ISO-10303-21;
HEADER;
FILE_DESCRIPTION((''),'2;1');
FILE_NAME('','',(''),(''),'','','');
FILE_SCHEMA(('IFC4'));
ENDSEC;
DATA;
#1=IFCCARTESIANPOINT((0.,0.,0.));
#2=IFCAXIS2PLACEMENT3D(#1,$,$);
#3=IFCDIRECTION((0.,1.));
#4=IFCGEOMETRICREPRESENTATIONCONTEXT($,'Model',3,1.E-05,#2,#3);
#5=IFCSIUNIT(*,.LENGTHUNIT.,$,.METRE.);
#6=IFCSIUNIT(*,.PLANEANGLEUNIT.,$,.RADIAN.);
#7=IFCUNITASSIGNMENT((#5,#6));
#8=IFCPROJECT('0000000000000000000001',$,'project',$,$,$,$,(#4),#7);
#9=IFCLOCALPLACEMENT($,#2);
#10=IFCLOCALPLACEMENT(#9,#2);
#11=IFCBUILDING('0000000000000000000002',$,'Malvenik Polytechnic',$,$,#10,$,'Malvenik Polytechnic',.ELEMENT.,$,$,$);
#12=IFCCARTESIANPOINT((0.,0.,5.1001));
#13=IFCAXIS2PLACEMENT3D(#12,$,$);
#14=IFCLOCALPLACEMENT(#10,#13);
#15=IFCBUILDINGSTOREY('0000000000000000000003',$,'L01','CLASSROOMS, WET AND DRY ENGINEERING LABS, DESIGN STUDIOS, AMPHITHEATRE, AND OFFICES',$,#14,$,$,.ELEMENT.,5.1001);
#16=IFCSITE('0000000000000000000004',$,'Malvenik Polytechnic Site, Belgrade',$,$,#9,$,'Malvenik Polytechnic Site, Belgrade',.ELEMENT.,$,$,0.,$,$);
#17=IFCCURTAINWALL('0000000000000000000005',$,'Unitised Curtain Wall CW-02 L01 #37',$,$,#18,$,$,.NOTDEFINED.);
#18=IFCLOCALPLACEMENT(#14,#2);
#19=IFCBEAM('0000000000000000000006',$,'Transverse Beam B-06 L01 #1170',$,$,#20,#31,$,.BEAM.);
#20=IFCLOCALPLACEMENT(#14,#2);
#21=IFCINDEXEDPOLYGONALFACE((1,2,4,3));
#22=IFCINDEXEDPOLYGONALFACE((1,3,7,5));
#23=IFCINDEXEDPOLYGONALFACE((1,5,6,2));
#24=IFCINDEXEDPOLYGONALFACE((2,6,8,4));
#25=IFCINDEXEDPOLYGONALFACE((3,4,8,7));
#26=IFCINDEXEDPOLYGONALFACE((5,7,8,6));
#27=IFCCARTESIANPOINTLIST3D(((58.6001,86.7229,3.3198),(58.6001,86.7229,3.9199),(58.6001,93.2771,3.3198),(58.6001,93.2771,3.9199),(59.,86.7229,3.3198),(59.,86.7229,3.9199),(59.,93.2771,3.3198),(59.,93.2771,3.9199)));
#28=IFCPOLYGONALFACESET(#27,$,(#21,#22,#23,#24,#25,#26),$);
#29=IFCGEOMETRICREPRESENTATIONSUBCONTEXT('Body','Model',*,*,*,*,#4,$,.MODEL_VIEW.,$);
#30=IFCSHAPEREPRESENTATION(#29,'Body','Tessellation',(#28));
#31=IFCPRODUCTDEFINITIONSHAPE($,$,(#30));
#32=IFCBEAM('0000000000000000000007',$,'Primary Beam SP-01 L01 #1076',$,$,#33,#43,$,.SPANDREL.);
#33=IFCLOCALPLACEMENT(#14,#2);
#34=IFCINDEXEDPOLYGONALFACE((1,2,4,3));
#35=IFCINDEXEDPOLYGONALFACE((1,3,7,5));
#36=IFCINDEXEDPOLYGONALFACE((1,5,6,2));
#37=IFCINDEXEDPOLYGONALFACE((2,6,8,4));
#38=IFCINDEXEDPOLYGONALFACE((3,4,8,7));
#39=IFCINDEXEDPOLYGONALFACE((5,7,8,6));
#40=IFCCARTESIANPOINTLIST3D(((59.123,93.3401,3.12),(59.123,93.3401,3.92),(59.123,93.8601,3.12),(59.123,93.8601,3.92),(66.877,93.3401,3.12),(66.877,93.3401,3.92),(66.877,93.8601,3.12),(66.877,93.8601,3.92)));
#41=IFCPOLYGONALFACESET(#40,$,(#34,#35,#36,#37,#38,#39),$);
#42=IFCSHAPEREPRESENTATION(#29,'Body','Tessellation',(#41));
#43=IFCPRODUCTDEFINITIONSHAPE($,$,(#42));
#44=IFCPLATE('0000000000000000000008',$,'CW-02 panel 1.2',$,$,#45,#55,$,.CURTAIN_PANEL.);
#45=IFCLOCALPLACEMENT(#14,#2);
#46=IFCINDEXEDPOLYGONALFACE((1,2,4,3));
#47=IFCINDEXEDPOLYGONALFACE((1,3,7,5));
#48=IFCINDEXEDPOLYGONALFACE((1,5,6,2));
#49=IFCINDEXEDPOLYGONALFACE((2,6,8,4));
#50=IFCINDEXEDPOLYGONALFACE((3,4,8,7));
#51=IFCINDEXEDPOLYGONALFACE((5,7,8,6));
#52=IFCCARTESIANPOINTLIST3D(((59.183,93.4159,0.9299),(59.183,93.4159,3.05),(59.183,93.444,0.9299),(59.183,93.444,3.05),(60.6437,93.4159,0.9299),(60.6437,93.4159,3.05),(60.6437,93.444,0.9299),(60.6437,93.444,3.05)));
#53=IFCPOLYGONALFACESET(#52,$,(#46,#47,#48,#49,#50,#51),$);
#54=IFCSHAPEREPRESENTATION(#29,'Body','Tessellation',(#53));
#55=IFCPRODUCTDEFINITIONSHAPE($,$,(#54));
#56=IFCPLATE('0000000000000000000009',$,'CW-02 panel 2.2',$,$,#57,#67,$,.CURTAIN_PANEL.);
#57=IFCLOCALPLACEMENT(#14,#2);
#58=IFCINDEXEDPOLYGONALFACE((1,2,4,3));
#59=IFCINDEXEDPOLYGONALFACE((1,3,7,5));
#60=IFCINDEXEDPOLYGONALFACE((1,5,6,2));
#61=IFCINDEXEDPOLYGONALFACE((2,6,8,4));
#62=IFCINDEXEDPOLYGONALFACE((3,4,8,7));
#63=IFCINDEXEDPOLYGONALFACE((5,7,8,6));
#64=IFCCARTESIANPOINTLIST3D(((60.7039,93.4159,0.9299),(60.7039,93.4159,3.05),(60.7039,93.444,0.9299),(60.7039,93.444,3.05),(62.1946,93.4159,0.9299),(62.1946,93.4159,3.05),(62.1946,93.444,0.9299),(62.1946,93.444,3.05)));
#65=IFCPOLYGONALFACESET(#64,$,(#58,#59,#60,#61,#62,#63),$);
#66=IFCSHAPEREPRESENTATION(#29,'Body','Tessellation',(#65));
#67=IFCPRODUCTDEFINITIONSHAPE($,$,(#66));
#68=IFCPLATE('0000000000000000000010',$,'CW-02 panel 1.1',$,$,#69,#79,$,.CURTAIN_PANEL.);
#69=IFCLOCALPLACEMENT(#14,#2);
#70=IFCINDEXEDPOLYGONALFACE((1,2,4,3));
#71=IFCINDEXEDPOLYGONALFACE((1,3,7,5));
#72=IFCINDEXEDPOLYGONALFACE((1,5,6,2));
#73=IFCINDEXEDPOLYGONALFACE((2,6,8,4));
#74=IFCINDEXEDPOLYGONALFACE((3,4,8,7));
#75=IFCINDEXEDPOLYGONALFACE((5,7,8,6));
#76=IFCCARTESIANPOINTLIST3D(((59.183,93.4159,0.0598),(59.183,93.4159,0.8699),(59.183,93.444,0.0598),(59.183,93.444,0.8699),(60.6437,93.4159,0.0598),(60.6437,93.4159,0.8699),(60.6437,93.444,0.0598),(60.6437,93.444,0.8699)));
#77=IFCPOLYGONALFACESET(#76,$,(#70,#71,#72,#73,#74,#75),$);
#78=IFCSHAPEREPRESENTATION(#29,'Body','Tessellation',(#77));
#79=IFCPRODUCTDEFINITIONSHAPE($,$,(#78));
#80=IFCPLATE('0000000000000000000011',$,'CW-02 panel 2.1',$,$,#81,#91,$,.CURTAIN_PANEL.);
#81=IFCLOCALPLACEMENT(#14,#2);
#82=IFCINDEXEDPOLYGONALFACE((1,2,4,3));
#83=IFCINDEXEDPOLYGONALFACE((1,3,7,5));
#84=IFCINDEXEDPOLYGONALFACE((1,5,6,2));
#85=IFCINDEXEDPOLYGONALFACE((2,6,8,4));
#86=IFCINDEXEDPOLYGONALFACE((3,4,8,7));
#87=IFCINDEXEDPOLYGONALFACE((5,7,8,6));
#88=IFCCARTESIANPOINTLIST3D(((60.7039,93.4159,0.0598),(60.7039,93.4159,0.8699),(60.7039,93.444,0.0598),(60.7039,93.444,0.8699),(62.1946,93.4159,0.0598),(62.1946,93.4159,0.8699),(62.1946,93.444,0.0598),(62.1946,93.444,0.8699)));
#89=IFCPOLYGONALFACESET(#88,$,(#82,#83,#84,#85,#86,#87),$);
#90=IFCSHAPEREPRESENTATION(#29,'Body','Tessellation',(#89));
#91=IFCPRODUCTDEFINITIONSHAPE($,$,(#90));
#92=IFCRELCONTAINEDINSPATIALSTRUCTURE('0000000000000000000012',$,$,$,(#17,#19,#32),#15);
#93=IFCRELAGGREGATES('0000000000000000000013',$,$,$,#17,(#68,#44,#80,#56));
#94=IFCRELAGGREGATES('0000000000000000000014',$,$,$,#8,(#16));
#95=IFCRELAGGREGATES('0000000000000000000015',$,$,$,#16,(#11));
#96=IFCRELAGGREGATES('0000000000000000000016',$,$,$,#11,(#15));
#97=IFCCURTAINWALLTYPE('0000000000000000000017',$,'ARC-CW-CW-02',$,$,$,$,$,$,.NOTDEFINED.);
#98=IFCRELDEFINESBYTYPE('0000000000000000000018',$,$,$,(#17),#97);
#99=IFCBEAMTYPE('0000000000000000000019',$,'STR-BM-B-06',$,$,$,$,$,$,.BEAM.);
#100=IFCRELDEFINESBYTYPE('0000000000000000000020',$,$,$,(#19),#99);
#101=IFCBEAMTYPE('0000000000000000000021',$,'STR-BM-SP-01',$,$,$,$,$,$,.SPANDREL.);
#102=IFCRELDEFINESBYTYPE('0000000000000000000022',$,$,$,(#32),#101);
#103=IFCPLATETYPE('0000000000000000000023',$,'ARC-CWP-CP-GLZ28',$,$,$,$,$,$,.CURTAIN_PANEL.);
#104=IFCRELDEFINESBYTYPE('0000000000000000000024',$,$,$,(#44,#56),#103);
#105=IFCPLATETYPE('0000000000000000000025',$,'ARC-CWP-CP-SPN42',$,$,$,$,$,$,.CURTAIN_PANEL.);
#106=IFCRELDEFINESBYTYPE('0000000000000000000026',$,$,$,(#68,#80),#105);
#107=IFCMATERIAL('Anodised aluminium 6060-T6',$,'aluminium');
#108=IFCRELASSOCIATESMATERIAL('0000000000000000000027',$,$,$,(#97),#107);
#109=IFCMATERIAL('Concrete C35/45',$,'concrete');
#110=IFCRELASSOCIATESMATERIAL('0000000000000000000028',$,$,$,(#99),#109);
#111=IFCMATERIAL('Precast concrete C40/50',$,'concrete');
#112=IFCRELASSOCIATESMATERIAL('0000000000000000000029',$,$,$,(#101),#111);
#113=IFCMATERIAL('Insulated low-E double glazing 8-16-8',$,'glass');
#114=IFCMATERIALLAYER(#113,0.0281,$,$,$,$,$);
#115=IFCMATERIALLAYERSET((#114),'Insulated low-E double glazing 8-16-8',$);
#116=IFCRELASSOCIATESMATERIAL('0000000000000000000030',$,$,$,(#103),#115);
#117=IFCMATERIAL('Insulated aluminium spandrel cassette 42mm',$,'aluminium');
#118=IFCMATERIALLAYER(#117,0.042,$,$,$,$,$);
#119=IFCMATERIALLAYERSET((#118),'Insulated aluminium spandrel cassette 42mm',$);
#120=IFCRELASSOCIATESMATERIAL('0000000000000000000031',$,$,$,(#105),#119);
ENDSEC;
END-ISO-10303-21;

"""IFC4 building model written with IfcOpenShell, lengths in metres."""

from ifc_helpers import new_model, si_unit, direction, frame, origin, origin_2d, place, context, subcontext, project, spatial, rectangle, extrude, material, layer, layer_set, material_profile, profile_set, type_object, element, aggregate, save


model = new_model("IFC4")

# Units and contexts
model_context = context("Model", 3, precision=1e-05, world=origin(), true_north=direction((0.0, 1.0)))
body_context = subcontext(model_context, "Body", "Model", "MODEL_VIEW")
ifc_project = project(units=[si_unit("LENGTHUNIT", "METRE"), si_unit("PLANEANGLEUNIT", "RADIAN")], contexts=[model_context])

# Site, building, storey
site_placement = place(None, origin())
site = spatial("IfcSite", under=ifc_project, at=site_placement, Name="Malvenik Polytechnic Site, Belgrade", LongName="Malvenik Polytechnic Site, Belgrade", CompositionType="ELEMENT", RefElevation=0.0)
building_placement = place(site_placement, origin())
building = spatial("IfcBuilding", under=site, at=building_placement, Name="Malvenik Polytechnic", LongName="Malvenik Polytechnic", CompositionType="ELEMENT")
storey_placement = place(building_placement, frame((0.0, 0.0, 5.1001)))
storey = spatial("IfcBuildingStorey", under=building, at=storey_placement, Name="L01", Description="CLASSROOMS, WET AND DRY ENGINEERING LABS, DESIGN STUDIOS, AMPHITHEATRE, AND OFFICES", CompositionType="ELEMENT", Elevation=5.1001)

# Shared definitions
ifc_material_1 = material(Name="Concrete C35/45", Category="concrete")

# Curtain wall
ifc_material_2 = material(Name="Anodised aluminium 6060-T6", Category="aluminium")
curtain_wall_type = type_object("IfcCurtainWallType", Name="ARC-CW-CW-02", PredefinedType="NOTDEFINED", material=ifc_material_2)
curtain_wall_placement = place(storey_placement, origin())
curtain_wall = element("IfcCurtainWall", 1, at=curtain_wall_placement, inside=storey, type_object=curtain_wall_type, Name="Unitised Curtain Wall CW-02 L01 #37", PredefinedType="NOTDEFINED")

# Beams
ifc_material_profile_1 = material_profile(ifc_material_1, rectangle(XDim=0.3999, YDim=0.6001, at=origin_2d()), Name="RC BM 400x600")
ifc_profile_set_1 = profile_set([ifc_material_profile_1], Name="Concrete C35/45")
beam_type_1 = type_object("IfcBeamType", Name="STR-BM-B-06", PredefinedType="BEAM", material=ifc_profile_set_1)
beam_1_placement = place(storey_placement, frame((58.8, 86.7229, 3.6199), z_axis=(0.0, 1.0, 0.0), x_axis=(-1.0, 0.0, 0.0)))
element("IfcBeam", 2, at=beam_1_placement, inside=storey, type_object=beam_type_1, Name="Transverse Beam B-06 L01 #1170", PredefinedType="BEAM", context=body_context, shape_type="SweptSolid", body=[
    extrude(rectangle(XDim=0.3999, YDim=0.6001, at=origin_2d()), origin(), (0.0, 0.0, 1.0), 6.5542),
])
ifc_material_3 = material(Name="Precast concrete C40/50", Category="concrete")
ifc_material_profile_2 = material_profile(ifc_material_3, rectangle(XDim=0.52, YDim=0.8, at=origin_2d()), Name="PC SPN 520x800")
ifc_profile_set_2 = profile_set([ifc_material_profile_2], Name="Precast concrete C40/50")
beam_type_2 = type_object("IfcBeamType", Name="STR-BM-SP-01", PredefinedType="SPANDREL", material=ifc_profile_set_2)
beam_2_placement = place(storey_placement, frame((59.123, 93.6001, 3.52), z_axis=(1.0, 0.0, 0.0), x_axis=(0.0, 1.0, 0.0)))
element("IfcBeam", 3, at=beam_2_placement, inside=storey, type_object=beam_type_2, Name="Primary Beam SP-01 L01 #1076", PredefinedType="SPANDREL", context=body_context, shape_type="SweptSolid", body=[
    extrude(rectangle(XDim=0.52, YDim=0.8, at=origin_2d()), origin(), (0.0, 0.0, 1.0), 7.7539),
])

# Plates
ifc_material_4 = material(Name="Insulated low-E double glazing 8-16-8", Category="glass")
ifc_layer_1 = layer(ifc_material_4, 0.0281)
ifc_layer_set_1 = layer_set([ifc_layer_1], Name="Insulated low-E double glazing 8-16-8")
plate_type_1 = type_object("IfcPlateType", Name="ARC-CWP-CP-GLZ28", PredefinedType="CURTAIN_PANEL", material=ifc_layer_set_1)
plate_1_placement = place(storey_placement, frame((59.9133, 93.4299, 0.9299), z_axis=(0.0, 0.0, 1.0), x_axis=(1.0, 0.0, 0.0)))
plate_1 = element("IfcPlate", 4, at=plate_1_placement, type_object=plate_type_1, Name="CW-02 panel 1.2", PredefinedType="CURTAIN_PANEL", context=body_context, shape_type="SweptSolid", body=[
    extrude(rectangle(XDim=1.4607, YDim=0.0281, at=origin_2d()), origin(), (0.0, 0.0, 1.0), 2.1201),
])
plate_2_placement = place(storey_placement, frame((61.4492, 93.4299, 0.9299), z_axis=(0.0, 0.0, 1.0), x_axis=(1.0, 0.0, 0.0)))
plate_2 = element("IfcPlate", 5, at=plate_2_placement, type_object=plate_type_1, Name="CW-02 panel 2.2", PredefinedType="CURTAIN_PANEL", context=body_context, shape_type="SweptSolid", body=[
    extrude(rectangle(XDim=1.4907, YDim=0.0281, at=origin_2d()), origin(), (0.0, 0.0, 1.0), 2.1201),
])
ifc_material_5 = material(Name="Insulated aluminium spandrel cassette 42mm", Category="aluminium")
ifc_layer_2 = layer(ifc_material_5, 0.042)
ifc_layer_set_2 = layer_set([ifc_layer_2], Name="Insulated aluminium spandrel cassette 42mm")
plate_type_2 = type_object("IfcPlateType", Name="ARC-CWP-CP-SPN42", PredefinedType="CURTAIN_PANEL", material=ifc_layer_set_2)
plate_3_placement = place(storey_placement, frame((59.9133, 93.4299, 0.0598), z_axis=(0.0, 0.0, 1.0), x_axis=(1.0, 0.0, 0.0)))
plate_3 = element("IfcPlate", 6, at=plate_3_placement, type_object=plate_type_2, Name="CW-02 panel 1.1", PredefinedType="CURTAIN_PANEL", context=body_context, shape_type="SweptSolid", body=[
    extrude(rectangle(XDim=1.4607, YDim=0.0281, at=origin_2d()), origin(), (0.0, 0.0, 1.0), 0.8101),
])
plate_4_placement = place(storey_placement, frame((61.4492, 93.4299, 0.0598), z_axis=(0.0, 0.0, 1.0), x_axis=(1.0, 0.0, 0.0)))
plate_4 = element("IfcPlate", 7, at=plate_4_placement, type_object=plate_type_2, Name="CW-02 panel 2.1", PredefinedType="CURTAIN_PANEL", context=body_context, shape_type="SweptSolid", body=[
    extrude(rectangle(XDim=1.4907, YDim=0.0281, at=origin_2d()), origin(), (0.0, 0.0, 1.0), 0.8101),
])
aggregate(curtain_wall, [plate_3, plate_1, plate_4, plate_2])

save(model, "model.ifc")
